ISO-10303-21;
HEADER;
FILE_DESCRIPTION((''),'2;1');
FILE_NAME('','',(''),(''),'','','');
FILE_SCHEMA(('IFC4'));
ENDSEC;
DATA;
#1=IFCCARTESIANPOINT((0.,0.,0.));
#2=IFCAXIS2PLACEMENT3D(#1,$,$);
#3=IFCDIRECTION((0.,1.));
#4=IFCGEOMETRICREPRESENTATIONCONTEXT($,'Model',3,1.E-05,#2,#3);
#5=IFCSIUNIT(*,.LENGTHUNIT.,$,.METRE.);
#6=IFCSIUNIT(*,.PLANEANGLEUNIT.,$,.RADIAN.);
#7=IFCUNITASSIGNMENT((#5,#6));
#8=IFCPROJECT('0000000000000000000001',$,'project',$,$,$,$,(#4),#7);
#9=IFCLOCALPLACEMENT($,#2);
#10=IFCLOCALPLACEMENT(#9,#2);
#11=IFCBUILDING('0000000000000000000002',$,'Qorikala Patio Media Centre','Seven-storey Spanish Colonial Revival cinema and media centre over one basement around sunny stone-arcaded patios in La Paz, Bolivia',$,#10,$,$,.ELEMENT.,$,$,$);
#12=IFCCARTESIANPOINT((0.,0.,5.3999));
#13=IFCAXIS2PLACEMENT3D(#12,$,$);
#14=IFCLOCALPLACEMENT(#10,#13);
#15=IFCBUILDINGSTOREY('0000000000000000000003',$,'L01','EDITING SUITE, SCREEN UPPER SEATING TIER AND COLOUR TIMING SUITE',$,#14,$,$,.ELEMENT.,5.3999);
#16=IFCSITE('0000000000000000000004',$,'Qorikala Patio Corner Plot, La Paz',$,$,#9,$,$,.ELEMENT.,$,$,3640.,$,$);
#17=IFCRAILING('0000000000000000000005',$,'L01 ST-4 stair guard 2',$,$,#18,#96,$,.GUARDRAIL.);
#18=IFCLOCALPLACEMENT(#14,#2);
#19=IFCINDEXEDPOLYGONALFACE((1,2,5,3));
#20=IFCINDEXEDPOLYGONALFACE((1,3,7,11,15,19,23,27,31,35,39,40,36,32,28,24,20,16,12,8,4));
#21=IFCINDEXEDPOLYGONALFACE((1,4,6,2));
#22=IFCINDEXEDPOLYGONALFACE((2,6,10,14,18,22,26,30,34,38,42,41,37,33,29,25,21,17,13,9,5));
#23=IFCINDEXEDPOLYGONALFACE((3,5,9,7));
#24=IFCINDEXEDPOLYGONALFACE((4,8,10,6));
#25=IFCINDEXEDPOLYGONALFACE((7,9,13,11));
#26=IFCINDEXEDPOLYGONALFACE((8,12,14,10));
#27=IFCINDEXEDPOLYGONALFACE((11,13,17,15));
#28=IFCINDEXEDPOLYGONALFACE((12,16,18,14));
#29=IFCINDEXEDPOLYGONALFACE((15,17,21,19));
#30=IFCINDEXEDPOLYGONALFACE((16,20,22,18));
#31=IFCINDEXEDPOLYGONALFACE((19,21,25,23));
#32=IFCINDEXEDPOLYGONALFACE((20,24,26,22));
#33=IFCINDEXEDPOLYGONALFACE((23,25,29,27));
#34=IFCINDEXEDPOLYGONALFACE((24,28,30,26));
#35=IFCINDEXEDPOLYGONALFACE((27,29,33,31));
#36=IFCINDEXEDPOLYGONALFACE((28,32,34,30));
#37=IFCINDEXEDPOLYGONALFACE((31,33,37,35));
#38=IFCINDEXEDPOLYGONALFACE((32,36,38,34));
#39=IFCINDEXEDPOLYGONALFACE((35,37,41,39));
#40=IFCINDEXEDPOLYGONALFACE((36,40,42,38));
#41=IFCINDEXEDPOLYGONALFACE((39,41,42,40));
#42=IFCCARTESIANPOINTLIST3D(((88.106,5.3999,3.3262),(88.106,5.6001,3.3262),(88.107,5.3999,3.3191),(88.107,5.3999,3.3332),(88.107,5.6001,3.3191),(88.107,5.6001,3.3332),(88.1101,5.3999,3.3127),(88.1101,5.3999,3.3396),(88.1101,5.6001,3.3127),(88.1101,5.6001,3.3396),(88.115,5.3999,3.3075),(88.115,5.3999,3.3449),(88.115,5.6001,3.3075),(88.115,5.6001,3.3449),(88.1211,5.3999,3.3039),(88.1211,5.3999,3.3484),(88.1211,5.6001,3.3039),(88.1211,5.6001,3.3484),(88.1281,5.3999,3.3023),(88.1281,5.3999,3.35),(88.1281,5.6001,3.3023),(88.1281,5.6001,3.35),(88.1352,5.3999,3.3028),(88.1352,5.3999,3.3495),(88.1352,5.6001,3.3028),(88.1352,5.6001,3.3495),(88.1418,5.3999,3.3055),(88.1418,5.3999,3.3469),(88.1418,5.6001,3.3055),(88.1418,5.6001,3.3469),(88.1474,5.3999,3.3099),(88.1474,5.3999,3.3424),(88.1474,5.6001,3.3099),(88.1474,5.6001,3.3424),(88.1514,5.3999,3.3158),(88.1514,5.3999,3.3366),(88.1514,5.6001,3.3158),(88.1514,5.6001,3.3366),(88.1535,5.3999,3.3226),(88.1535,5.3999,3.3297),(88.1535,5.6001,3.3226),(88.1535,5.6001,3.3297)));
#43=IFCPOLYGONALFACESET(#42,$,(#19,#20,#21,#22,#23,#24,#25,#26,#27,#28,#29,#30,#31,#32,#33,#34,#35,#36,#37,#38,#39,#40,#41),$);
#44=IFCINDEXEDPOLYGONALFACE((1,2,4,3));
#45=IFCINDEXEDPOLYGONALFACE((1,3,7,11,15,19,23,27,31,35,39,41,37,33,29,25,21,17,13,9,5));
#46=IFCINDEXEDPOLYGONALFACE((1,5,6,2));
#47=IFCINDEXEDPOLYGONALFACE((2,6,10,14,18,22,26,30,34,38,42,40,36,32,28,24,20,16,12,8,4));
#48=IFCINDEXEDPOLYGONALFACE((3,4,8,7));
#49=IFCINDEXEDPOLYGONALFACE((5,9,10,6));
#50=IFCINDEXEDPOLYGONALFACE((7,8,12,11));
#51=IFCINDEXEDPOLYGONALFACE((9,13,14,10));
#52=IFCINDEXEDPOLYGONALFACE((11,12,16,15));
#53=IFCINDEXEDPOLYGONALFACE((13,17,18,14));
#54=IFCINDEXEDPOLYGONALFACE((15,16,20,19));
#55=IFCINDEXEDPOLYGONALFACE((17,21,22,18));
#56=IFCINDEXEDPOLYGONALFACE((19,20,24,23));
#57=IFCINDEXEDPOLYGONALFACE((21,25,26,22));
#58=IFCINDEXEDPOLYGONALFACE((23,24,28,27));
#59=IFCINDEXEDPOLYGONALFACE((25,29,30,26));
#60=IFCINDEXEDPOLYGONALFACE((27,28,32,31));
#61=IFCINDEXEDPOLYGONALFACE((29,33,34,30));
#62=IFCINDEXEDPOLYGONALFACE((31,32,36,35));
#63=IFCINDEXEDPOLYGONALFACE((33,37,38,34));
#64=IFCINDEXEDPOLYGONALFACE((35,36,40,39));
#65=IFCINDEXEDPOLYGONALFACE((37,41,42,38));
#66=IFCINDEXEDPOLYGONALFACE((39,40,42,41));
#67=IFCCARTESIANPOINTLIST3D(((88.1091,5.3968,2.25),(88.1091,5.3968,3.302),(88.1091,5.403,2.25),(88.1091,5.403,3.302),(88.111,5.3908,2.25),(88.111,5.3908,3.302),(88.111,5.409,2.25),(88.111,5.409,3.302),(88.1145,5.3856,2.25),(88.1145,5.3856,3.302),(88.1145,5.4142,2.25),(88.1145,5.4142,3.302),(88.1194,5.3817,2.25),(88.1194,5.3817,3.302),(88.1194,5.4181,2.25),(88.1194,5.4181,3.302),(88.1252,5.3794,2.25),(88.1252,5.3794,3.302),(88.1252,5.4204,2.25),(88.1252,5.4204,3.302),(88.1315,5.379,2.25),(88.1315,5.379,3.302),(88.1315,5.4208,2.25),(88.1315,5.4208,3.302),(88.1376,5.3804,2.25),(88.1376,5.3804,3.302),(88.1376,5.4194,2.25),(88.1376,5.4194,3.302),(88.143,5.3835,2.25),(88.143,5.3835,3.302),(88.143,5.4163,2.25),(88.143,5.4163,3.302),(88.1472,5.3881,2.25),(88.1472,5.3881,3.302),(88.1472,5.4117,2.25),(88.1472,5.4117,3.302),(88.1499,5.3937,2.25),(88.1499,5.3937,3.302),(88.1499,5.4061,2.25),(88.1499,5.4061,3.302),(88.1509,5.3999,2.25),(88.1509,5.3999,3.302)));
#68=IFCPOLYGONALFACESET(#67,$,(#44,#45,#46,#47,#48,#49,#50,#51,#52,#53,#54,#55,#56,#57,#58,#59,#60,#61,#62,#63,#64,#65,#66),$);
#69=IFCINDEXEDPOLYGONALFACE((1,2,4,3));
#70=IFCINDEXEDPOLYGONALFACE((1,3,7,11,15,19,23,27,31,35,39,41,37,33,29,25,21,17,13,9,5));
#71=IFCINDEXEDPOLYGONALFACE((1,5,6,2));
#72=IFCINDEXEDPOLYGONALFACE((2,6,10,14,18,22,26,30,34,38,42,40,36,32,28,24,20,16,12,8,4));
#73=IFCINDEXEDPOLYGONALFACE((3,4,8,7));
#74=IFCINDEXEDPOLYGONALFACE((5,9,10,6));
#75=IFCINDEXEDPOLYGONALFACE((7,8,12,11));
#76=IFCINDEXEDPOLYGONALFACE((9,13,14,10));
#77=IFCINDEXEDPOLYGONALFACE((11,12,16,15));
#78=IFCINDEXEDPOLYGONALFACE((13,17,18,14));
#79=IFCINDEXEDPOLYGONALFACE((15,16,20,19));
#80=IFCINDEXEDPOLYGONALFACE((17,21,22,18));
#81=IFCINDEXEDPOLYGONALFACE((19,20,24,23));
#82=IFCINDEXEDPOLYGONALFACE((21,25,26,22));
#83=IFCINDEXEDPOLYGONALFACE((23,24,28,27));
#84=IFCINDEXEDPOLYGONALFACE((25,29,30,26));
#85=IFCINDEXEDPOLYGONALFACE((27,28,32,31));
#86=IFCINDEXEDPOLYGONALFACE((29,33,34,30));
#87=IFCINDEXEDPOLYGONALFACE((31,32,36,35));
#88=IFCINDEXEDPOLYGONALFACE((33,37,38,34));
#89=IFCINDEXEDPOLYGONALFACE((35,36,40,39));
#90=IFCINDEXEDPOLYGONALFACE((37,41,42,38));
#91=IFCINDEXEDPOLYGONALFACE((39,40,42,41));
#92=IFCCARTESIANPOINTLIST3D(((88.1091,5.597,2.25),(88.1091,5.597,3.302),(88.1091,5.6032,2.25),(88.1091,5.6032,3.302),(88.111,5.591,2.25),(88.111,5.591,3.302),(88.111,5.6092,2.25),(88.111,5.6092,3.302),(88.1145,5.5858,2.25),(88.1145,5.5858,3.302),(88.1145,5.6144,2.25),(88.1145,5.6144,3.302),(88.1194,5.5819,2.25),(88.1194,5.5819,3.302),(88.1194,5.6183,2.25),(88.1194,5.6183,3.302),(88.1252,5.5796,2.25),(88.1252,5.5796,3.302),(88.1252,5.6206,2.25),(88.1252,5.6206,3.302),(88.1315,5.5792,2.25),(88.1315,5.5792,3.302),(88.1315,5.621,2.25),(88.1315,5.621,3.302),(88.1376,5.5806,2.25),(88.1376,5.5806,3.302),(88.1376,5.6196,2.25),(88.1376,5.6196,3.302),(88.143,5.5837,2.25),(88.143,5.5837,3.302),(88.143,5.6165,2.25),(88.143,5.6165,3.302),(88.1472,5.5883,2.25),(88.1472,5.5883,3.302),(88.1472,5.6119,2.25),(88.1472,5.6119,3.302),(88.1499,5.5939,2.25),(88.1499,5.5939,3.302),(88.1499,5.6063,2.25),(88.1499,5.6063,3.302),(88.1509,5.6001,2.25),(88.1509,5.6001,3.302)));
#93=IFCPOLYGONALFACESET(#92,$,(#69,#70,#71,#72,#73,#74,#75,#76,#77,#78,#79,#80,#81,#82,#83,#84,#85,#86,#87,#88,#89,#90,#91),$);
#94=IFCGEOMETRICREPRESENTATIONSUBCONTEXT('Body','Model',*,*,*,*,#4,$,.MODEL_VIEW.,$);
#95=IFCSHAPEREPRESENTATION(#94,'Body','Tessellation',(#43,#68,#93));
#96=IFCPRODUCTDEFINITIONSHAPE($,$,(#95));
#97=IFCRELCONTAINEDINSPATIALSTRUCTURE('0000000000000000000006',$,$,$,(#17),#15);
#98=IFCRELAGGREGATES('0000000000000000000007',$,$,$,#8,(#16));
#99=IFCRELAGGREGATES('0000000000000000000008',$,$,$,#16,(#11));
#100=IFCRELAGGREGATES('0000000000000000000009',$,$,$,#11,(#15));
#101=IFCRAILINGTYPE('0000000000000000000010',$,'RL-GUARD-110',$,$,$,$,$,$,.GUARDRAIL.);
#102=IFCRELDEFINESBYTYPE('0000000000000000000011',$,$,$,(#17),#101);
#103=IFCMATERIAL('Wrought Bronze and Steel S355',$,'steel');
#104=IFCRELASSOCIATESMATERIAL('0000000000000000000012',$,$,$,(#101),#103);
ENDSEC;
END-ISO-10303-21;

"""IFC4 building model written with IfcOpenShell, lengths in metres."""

from ifc_helpers import new_model, si_unit, direction, frame, origin, origin_2d, place, context, subcontext, project, spatial, circle, extrude, material, type_object, element, save


model = new_model("IFC4")

# Units and contexts
model_context = context("Model", 3, precision=1e-05, world=origin(), true_north=direction((0.0, 1.0)))
body_context = subcontext(model_context, "Body", "Model", "MODEL_VIEW")
ifc_project = project(units=[si_unit("LENGTHUNIT", "METRE"), si_unit("PLANEANGLEUNIT", "RADIAN")], contexts=[model_context])

# Site, building, storey
site_placement = place(None, origin())
site = spatial("IfcSite", under=ifc_project, at=site_placement, Name="Qorikala Patio Corner Plot, La Paz", CompositionType="ELEMENT", RefElevation=3640.0)
building_placement = place(site_placement, origin())
building = spatial("IfcBuilding", under=site, at=building_placement, Name="Qorikala Patio Media Centre", Description="Seven-storey Spanish Colonial Revival cinema and media centre over one basement around sunny stone-arcaded patios in La Paz, Bolivia", CompositionType="ELEMENT")
storey_placement = place(building_placement, frame((0.0, 0.0, 5.3999)))
storey = spatial("IfcBuildingStorey", under=building, at=storey_placement, Name="L01", Description="EDITING SUITE, SCREEN UPPER SEATING TIER AND COLOUR TIMING SUITE", CompositionType="ELEMENT", Elevation=5.3999)

# Railing
ifc_material_1 = material(Name="Wrought Bronze and Steel S355", Category="steel")
railing_type_1 = type_object("IfcRailingType", Name="RL-GUARD-110", PredefinedType="GUARDRAIL", material=ifc_material_1)
railing_1_placement = place(storey_placement, frame((88.1299, 5.3999, 2.25)))
element("IfcRailing", 1, at=railing_1_placement, inside=storey, type_object=railing_type_1, Name="L01 ST-4 stair guard 2", PredefinedType="GUARDRAIL", context=body_context, shape_type="SweptSolid", body=[
    extrude(circle(Radius=0.0239, at=origin_2d()), frame((0.0, 0.0, 1.0762), z_axis=(0.0, 1.0, 0.0), x_axis=(-1.0, 0.0, 0.0)), (0.0, 0.0, 1.0), 0.2002),
    extrude(circle(Radius=0.021, at=origin_2d()), origin(), (0.0, 0.0, 1.0), 1.052),
    extrude(circle(Radius=0.021, at=origin_2d()), frame((0.0, 0.2002, 0.0)), (0.0, 0.0, 1.0), 1.052),
])

save(model, "model.ifc")
